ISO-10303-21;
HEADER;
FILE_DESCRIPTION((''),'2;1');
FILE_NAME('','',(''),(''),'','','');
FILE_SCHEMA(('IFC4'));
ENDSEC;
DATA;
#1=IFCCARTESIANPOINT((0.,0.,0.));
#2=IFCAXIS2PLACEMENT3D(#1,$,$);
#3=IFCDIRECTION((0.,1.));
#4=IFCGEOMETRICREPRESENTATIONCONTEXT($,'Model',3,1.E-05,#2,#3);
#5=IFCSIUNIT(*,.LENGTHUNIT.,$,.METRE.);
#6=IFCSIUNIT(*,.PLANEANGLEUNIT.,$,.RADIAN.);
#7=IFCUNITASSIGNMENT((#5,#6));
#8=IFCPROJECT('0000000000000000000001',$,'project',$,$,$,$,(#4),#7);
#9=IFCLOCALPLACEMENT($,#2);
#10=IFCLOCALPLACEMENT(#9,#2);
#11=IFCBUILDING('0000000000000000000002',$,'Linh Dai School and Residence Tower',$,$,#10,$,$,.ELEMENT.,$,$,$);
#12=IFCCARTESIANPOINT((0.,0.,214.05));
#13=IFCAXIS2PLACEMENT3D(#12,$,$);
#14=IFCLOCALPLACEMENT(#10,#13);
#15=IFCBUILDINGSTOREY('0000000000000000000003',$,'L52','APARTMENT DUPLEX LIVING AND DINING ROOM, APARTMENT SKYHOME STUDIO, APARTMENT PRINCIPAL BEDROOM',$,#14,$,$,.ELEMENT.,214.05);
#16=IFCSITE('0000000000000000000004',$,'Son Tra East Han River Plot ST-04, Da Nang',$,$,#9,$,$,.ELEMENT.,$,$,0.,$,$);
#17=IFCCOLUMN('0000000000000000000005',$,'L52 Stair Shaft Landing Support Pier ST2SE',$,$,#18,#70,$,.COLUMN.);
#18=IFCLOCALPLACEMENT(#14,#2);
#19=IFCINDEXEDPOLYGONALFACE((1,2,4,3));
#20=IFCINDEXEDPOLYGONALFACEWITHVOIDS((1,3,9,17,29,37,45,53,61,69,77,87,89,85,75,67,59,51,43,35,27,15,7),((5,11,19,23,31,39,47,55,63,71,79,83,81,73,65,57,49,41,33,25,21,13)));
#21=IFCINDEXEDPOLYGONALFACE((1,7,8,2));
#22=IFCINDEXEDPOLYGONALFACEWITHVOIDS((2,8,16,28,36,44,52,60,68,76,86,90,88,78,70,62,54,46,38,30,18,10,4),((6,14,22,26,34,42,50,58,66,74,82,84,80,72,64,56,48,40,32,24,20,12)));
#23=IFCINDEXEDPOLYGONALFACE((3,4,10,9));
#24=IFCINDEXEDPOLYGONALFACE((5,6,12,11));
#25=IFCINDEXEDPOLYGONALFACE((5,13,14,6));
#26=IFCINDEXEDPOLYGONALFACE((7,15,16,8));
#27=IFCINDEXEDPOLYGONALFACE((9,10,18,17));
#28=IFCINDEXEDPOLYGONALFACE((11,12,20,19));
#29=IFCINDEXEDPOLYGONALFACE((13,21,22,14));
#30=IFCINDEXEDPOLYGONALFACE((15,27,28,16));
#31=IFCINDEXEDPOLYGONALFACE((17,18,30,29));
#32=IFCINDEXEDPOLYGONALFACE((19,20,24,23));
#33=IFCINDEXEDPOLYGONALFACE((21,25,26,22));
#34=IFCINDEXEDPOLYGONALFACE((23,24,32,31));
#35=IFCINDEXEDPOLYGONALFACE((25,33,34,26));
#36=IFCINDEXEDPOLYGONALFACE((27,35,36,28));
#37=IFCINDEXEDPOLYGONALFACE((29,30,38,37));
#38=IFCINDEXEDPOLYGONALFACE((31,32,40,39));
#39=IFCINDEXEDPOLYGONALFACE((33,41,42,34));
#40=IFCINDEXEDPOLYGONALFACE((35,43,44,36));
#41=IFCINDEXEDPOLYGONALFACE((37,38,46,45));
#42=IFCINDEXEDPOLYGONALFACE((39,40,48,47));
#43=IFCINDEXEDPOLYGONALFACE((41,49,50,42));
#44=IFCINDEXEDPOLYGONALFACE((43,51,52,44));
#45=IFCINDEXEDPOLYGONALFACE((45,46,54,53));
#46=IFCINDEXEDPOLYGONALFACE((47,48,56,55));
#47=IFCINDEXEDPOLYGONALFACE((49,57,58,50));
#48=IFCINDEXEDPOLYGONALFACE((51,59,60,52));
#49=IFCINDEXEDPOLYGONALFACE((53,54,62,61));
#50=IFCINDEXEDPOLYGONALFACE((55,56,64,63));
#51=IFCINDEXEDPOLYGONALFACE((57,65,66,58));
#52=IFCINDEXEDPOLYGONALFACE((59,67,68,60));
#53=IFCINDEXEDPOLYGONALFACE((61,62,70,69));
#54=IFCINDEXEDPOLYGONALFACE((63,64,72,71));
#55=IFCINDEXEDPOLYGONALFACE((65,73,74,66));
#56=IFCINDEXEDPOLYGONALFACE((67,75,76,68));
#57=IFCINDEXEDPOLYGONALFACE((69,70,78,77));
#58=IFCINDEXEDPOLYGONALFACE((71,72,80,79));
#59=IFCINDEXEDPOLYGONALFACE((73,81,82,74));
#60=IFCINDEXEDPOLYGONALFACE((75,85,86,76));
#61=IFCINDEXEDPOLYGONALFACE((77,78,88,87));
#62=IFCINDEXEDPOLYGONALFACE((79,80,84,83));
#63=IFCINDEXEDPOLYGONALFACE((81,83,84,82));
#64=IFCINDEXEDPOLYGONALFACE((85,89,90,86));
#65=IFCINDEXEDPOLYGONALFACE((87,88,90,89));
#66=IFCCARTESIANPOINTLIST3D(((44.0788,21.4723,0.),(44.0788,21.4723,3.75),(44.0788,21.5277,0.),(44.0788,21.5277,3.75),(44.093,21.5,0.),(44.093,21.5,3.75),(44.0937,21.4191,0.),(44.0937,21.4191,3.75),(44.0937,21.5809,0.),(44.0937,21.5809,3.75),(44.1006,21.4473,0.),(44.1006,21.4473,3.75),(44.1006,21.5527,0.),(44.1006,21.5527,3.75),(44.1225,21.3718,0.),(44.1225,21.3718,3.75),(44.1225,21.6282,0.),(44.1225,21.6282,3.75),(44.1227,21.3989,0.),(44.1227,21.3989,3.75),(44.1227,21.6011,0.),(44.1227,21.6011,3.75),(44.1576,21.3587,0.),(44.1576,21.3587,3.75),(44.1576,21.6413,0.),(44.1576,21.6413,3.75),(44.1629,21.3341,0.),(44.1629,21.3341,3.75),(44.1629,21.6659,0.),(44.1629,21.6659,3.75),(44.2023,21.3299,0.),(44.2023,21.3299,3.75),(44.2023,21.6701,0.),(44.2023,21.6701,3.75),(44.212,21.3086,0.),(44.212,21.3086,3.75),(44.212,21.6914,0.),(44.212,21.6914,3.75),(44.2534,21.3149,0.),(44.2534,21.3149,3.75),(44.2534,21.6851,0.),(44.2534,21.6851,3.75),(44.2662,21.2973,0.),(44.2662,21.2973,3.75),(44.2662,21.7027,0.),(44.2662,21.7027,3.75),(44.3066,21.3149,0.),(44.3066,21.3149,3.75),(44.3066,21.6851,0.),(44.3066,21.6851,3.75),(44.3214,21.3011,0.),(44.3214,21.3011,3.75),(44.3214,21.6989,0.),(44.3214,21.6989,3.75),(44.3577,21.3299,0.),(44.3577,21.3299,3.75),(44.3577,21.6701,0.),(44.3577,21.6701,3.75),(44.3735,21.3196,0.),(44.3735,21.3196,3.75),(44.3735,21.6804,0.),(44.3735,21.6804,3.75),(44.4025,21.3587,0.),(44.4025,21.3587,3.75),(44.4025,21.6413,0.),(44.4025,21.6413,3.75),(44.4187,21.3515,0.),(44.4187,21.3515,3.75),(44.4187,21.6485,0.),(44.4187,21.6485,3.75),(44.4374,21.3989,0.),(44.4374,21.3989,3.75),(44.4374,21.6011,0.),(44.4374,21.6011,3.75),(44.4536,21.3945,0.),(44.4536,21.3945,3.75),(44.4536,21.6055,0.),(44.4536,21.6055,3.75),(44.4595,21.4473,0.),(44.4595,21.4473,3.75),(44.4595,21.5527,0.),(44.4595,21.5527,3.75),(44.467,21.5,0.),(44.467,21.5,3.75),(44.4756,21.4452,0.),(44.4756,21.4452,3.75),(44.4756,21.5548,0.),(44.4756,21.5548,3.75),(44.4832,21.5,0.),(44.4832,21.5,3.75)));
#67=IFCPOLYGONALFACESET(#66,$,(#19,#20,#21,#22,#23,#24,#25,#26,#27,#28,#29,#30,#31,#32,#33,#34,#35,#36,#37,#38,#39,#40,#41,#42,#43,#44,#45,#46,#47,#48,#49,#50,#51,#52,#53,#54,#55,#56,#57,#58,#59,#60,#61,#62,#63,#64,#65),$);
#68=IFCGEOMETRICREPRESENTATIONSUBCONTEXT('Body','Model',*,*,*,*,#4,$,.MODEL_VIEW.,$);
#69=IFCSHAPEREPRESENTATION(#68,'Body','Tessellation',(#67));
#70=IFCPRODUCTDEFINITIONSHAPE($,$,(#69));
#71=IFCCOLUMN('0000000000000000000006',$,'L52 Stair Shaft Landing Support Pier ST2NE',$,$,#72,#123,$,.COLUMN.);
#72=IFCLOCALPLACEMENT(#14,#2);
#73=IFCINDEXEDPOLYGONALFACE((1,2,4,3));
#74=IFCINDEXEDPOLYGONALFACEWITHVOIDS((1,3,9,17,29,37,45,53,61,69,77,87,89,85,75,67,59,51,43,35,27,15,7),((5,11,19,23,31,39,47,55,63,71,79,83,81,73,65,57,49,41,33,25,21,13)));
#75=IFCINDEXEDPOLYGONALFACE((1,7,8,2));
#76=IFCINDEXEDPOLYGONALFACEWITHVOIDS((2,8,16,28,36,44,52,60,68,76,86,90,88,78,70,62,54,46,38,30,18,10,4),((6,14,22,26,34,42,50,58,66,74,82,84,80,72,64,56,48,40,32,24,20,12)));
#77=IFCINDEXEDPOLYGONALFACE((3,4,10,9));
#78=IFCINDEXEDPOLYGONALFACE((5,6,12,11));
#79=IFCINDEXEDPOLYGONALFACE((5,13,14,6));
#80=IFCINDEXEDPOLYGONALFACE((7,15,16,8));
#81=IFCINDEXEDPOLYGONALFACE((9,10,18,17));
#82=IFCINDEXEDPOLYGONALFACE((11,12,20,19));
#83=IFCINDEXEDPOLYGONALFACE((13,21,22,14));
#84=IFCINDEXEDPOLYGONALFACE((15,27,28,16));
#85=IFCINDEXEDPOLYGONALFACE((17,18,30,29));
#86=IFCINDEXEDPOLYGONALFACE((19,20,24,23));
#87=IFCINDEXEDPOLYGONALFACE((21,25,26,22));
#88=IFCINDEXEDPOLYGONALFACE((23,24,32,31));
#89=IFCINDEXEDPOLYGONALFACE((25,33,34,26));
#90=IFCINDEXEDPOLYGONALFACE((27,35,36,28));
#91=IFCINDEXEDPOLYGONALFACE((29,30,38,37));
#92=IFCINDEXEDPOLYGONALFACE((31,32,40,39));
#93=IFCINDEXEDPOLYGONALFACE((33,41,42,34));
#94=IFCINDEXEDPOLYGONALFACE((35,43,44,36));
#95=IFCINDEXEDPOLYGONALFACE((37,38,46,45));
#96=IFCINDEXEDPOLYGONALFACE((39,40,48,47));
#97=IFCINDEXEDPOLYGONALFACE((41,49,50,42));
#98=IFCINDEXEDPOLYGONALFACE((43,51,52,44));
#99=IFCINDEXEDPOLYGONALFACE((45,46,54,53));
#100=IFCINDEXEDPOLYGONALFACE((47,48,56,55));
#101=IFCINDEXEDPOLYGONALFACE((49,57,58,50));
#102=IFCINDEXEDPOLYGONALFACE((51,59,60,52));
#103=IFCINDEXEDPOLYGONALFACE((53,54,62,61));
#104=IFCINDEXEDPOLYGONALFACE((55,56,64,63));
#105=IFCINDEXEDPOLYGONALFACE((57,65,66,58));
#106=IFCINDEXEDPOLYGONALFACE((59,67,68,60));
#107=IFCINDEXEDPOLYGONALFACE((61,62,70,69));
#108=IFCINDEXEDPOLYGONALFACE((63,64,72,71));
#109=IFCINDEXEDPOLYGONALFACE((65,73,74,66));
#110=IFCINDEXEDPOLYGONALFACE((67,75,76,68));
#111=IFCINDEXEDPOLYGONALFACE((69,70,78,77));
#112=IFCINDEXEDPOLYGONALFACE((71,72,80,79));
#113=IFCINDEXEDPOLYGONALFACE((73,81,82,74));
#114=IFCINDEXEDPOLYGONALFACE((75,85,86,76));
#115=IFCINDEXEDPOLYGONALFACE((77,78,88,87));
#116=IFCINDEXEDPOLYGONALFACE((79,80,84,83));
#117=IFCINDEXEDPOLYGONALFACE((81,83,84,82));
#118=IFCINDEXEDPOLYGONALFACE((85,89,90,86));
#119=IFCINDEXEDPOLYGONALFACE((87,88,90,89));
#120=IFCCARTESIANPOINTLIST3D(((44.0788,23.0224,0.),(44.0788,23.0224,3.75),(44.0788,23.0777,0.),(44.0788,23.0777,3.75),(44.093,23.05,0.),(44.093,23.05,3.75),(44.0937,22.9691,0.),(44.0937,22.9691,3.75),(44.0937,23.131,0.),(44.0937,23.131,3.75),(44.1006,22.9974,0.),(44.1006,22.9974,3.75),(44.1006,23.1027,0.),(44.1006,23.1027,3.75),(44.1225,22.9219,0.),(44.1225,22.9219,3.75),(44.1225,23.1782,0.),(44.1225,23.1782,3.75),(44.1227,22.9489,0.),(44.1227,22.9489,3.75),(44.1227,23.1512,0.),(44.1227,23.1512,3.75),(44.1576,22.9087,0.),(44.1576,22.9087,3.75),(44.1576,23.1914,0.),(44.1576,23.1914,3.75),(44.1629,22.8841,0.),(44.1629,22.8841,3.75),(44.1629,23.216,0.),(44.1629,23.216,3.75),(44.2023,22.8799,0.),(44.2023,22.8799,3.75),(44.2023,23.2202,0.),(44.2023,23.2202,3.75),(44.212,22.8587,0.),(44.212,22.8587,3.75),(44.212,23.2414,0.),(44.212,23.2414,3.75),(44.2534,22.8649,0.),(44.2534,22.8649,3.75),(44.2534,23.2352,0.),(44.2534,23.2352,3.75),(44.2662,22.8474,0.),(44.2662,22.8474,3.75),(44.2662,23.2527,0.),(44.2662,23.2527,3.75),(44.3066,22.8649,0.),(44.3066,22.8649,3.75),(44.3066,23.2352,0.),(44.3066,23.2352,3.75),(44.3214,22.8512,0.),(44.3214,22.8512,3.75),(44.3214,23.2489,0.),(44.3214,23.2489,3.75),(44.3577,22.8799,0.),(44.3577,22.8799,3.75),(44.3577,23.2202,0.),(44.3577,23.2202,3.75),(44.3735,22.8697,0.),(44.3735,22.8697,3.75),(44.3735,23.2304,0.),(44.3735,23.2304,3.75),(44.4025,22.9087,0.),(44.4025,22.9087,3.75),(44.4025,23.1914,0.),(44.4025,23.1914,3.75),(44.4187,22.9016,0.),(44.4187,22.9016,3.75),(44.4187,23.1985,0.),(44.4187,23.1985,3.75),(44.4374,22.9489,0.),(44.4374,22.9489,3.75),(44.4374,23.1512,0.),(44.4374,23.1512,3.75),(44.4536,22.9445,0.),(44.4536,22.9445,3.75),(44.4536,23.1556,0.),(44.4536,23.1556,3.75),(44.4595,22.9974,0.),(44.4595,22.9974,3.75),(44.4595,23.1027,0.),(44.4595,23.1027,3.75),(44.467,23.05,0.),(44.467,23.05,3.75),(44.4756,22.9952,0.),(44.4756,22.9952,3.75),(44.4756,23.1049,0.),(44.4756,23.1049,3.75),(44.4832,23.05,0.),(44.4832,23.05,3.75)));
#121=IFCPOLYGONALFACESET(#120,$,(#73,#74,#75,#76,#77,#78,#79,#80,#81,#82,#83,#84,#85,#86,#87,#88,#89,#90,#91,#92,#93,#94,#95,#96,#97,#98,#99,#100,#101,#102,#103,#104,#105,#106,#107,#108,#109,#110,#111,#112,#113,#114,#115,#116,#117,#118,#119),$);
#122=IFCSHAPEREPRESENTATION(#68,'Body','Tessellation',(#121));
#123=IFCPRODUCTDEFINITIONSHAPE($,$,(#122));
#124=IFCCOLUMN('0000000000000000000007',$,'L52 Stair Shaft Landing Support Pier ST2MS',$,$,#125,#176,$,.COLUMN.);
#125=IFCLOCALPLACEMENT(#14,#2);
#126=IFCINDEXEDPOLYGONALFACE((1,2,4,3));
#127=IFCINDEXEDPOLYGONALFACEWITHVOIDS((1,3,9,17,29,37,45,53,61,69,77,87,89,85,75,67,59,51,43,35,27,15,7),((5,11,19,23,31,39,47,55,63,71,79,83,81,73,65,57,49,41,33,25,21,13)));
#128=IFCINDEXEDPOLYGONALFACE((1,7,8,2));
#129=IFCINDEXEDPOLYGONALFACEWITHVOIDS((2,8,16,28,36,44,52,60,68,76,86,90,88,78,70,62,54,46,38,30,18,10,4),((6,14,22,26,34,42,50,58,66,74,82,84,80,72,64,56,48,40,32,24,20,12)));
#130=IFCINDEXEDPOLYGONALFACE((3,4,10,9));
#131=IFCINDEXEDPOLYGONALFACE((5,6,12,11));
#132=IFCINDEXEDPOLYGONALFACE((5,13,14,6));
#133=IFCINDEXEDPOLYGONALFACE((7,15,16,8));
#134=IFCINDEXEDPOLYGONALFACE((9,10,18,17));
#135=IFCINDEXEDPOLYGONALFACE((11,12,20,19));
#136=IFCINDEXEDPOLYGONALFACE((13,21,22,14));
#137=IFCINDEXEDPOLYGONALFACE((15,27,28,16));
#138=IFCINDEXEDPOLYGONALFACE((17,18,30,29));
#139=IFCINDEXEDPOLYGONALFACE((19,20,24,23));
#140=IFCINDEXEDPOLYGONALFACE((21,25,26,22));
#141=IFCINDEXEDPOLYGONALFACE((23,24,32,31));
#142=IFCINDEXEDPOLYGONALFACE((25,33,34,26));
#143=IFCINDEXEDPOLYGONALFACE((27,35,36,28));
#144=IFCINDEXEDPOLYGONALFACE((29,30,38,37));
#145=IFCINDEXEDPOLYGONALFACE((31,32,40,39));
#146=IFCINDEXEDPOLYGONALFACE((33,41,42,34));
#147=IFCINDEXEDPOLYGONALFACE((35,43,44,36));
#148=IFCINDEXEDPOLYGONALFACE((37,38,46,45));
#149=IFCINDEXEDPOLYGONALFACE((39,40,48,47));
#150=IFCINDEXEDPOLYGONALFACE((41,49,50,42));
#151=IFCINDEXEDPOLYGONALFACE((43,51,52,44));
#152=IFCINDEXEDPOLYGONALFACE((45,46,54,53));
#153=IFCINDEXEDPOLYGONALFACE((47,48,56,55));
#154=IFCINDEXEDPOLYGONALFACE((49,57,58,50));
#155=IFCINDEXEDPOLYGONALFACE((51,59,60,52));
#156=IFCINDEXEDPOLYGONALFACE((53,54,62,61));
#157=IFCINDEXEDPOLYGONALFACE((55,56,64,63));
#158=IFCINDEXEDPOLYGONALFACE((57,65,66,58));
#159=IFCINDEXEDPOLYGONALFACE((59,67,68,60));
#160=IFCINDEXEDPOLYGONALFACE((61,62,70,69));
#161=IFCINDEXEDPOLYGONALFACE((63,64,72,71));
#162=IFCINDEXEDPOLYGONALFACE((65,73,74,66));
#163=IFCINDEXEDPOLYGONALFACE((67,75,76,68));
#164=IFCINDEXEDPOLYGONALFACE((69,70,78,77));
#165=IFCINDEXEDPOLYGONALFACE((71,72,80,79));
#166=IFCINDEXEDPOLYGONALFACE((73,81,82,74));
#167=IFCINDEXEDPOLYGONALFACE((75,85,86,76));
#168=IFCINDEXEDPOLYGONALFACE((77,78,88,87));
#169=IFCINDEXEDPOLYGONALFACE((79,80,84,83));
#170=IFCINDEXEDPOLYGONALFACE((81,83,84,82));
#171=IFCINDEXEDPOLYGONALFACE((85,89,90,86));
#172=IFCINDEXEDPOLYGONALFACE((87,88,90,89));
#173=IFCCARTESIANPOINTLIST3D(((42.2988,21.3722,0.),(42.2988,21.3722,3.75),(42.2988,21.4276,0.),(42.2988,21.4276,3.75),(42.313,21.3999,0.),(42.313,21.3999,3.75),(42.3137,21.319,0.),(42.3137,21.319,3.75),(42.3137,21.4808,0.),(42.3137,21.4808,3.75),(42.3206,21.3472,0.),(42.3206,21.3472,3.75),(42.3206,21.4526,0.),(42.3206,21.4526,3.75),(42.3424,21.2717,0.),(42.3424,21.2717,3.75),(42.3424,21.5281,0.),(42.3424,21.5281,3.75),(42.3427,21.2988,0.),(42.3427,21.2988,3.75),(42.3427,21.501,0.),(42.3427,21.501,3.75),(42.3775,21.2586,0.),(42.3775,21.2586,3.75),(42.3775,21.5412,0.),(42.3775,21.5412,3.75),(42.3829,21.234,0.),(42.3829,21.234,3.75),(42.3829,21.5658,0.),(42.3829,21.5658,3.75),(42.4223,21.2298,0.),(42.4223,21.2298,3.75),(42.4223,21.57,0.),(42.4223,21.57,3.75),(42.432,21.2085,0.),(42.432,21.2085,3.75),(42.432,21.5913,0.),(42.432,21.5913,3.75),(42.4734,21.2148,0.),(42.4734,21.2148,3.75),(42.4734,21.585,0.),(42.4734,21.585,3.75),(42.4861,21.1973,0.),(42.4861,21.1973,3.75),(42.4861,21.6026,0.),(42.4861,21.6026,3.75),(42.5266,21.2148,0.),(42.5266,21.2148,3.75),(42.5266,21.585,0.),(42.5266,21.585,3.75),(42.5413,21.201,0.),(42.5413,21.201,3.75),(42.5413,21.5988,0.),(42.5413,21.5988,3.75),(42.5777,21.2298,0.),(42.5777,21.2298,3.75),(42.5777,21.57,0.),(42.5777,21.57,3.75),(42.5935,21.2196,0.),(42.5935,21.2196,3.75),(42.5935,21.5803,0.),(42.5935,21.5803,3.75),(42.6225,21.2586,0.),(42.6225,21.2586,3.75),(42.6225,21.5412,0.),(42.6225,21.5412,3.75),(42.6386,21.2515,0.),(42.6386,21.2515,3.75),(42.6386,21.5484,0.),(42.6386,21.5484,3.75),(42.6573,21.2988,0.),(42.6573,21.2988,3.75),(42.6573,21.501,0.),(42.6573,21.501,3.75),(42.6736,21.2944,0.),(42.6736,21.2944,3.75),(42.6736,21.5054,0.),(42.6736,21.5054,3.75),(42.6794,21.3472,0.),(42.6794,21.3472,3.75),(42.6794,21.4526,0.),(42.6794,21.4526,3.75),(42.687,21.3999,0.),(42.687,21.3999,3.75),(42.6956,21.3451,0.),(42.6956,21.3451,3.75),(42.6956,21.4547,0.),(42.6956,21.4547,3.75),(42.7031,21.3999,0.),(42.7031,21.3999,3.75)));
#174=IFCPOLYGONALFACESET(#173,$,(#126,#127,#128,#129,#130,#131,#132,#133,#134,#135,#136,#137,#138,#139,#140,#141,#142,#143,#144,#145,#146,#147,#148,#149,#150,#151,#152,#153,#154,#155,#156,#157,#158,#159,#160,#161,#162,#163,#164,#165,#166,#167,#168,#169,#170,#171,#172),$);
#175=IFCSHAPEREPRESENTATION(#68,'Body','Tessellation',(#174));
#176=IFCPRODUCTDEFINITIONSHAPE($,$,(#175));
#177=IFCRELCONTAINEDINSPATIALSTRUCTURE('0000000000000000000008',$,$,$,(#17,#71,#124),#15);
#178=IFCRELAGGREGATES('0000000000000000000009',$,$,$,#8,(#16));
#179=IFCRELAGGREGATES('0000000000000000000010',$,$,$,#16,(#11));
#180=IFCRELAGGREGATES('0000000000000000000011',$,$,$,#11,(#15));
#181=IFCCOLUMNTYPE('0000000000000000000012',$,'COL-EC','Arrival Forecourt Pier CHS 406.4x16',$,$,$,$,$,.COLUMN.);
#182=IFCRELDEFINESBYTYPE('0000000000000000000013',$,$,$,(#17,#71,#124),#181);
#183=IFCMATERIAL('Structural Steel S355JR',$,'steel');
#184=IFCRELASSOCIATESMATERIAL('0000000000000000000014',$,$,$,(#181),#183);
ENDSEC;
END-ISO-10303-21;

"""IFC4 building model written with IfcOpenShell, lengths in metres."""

from ifc_helpers import new_model, si_unit, direction, frame, origin, origin_2d, place, context, subcontext, project, spatial, hollow_circle, extrude, material, material_profile, profile_set, type_object, element, save


model = new_model("IFC4")

# Units and contexts
model_context = context("Model", 3, precision=1e-05, world=origin(), true_north=direction((0.0, 1.0)))
body_context = subcontext(model_context, "Body", "Model", "MODEL_VIEW")
ifc_project = project(units=[si_unit("LENGTHUNIT", "METRE"), si_unit("PLANEANGLEUNIT", "RADIAN")], contexts=[model_context])

# Site, building, storey
site_placement = place(None, origin())
site = spatial("IfcSite", under=ifc_project, at=site_placement, Name="Son Tra East Han River Plot ST-04, Da Nang", CompositionType="ELEMENT", RefElevation=0.0)
building_placement = place(site_placement, origin())
building = spatial("IfcBuilding", under=site, at=building_placement, Name="Linh Dai School and Residence Tower", CompositionType="ELEMENT")
storey_placement = place(building_placement, frame((0.0, 0.0, 214.05)))
storey = spatial("IfcBuildingStorey", under=building, at=storey_placement, Name="L52", Description="APARTMENT DUPLEX LIVING AND DINING ROOM, APARTMENT SKYHOME STUDIO, APARTMENT PRINCIPAL BEDROOM", CompositionType="ELEMENT", Elevation=214.05)

# Columns
ifc_material_1 = material(Name="Structural Steel S355JR", Category="steel")
ifc_material_profile_1 = material_profile(ifc_material_1, hollow_circle(Radius=0.2031, WallThickness=0.0161, at=origin_2d()), Name="CHS 406.4x16")
ifc_profile_set_1 = profile_set([ifc_material_profile_1], Name="Structural Steel S355JR")
column_type_1 = type_object("IfcColumnType", Name="COL-EC", Description="Arrival Forecourt Pier CHS 406.4x16", PredefinedType="COLUMN", material=ifc_profile_set_1)
for number, where, z_axis, x_axis, name in (
    (1, (44.28, 21.5, 0.0), (0.0, 0.0, 1.0), (1.0, 0.0, 0.0), "L52 Stair Shaft Landing Support Pier ST2SE"),
    (2, (44.28, 23.05, 0.0), (0.0, 0.0, 1.0), (1.0, 0.0, 0.0), "L52 Stair Shaft Landing Support Pier ST2NE"),
    (3, (42.5, 21.3999, 0.0), (0.0, 0.0, 1.0), (1.0, 0.0, 0.0), "L52 Stair Shaft Landing Support Pier ST2MS"),
):
    element("IfcColumn", number, at=place(storey_placement, frame(where, z_axis=z_axis, x_axis=x_axis)), inside=storey, type_object=column_type_1, Name=name, PredefinedType="COLUMN", context=body_context, shape_type="SweptSolid", body=[
        extrude(hollow_circle(Radius=0.2031, WallThickness=0.0161, at=origin_2d()), origin(), (0.0, 0.0, 1.0), 3.75),
    ])

save(model, "model.ifc")
